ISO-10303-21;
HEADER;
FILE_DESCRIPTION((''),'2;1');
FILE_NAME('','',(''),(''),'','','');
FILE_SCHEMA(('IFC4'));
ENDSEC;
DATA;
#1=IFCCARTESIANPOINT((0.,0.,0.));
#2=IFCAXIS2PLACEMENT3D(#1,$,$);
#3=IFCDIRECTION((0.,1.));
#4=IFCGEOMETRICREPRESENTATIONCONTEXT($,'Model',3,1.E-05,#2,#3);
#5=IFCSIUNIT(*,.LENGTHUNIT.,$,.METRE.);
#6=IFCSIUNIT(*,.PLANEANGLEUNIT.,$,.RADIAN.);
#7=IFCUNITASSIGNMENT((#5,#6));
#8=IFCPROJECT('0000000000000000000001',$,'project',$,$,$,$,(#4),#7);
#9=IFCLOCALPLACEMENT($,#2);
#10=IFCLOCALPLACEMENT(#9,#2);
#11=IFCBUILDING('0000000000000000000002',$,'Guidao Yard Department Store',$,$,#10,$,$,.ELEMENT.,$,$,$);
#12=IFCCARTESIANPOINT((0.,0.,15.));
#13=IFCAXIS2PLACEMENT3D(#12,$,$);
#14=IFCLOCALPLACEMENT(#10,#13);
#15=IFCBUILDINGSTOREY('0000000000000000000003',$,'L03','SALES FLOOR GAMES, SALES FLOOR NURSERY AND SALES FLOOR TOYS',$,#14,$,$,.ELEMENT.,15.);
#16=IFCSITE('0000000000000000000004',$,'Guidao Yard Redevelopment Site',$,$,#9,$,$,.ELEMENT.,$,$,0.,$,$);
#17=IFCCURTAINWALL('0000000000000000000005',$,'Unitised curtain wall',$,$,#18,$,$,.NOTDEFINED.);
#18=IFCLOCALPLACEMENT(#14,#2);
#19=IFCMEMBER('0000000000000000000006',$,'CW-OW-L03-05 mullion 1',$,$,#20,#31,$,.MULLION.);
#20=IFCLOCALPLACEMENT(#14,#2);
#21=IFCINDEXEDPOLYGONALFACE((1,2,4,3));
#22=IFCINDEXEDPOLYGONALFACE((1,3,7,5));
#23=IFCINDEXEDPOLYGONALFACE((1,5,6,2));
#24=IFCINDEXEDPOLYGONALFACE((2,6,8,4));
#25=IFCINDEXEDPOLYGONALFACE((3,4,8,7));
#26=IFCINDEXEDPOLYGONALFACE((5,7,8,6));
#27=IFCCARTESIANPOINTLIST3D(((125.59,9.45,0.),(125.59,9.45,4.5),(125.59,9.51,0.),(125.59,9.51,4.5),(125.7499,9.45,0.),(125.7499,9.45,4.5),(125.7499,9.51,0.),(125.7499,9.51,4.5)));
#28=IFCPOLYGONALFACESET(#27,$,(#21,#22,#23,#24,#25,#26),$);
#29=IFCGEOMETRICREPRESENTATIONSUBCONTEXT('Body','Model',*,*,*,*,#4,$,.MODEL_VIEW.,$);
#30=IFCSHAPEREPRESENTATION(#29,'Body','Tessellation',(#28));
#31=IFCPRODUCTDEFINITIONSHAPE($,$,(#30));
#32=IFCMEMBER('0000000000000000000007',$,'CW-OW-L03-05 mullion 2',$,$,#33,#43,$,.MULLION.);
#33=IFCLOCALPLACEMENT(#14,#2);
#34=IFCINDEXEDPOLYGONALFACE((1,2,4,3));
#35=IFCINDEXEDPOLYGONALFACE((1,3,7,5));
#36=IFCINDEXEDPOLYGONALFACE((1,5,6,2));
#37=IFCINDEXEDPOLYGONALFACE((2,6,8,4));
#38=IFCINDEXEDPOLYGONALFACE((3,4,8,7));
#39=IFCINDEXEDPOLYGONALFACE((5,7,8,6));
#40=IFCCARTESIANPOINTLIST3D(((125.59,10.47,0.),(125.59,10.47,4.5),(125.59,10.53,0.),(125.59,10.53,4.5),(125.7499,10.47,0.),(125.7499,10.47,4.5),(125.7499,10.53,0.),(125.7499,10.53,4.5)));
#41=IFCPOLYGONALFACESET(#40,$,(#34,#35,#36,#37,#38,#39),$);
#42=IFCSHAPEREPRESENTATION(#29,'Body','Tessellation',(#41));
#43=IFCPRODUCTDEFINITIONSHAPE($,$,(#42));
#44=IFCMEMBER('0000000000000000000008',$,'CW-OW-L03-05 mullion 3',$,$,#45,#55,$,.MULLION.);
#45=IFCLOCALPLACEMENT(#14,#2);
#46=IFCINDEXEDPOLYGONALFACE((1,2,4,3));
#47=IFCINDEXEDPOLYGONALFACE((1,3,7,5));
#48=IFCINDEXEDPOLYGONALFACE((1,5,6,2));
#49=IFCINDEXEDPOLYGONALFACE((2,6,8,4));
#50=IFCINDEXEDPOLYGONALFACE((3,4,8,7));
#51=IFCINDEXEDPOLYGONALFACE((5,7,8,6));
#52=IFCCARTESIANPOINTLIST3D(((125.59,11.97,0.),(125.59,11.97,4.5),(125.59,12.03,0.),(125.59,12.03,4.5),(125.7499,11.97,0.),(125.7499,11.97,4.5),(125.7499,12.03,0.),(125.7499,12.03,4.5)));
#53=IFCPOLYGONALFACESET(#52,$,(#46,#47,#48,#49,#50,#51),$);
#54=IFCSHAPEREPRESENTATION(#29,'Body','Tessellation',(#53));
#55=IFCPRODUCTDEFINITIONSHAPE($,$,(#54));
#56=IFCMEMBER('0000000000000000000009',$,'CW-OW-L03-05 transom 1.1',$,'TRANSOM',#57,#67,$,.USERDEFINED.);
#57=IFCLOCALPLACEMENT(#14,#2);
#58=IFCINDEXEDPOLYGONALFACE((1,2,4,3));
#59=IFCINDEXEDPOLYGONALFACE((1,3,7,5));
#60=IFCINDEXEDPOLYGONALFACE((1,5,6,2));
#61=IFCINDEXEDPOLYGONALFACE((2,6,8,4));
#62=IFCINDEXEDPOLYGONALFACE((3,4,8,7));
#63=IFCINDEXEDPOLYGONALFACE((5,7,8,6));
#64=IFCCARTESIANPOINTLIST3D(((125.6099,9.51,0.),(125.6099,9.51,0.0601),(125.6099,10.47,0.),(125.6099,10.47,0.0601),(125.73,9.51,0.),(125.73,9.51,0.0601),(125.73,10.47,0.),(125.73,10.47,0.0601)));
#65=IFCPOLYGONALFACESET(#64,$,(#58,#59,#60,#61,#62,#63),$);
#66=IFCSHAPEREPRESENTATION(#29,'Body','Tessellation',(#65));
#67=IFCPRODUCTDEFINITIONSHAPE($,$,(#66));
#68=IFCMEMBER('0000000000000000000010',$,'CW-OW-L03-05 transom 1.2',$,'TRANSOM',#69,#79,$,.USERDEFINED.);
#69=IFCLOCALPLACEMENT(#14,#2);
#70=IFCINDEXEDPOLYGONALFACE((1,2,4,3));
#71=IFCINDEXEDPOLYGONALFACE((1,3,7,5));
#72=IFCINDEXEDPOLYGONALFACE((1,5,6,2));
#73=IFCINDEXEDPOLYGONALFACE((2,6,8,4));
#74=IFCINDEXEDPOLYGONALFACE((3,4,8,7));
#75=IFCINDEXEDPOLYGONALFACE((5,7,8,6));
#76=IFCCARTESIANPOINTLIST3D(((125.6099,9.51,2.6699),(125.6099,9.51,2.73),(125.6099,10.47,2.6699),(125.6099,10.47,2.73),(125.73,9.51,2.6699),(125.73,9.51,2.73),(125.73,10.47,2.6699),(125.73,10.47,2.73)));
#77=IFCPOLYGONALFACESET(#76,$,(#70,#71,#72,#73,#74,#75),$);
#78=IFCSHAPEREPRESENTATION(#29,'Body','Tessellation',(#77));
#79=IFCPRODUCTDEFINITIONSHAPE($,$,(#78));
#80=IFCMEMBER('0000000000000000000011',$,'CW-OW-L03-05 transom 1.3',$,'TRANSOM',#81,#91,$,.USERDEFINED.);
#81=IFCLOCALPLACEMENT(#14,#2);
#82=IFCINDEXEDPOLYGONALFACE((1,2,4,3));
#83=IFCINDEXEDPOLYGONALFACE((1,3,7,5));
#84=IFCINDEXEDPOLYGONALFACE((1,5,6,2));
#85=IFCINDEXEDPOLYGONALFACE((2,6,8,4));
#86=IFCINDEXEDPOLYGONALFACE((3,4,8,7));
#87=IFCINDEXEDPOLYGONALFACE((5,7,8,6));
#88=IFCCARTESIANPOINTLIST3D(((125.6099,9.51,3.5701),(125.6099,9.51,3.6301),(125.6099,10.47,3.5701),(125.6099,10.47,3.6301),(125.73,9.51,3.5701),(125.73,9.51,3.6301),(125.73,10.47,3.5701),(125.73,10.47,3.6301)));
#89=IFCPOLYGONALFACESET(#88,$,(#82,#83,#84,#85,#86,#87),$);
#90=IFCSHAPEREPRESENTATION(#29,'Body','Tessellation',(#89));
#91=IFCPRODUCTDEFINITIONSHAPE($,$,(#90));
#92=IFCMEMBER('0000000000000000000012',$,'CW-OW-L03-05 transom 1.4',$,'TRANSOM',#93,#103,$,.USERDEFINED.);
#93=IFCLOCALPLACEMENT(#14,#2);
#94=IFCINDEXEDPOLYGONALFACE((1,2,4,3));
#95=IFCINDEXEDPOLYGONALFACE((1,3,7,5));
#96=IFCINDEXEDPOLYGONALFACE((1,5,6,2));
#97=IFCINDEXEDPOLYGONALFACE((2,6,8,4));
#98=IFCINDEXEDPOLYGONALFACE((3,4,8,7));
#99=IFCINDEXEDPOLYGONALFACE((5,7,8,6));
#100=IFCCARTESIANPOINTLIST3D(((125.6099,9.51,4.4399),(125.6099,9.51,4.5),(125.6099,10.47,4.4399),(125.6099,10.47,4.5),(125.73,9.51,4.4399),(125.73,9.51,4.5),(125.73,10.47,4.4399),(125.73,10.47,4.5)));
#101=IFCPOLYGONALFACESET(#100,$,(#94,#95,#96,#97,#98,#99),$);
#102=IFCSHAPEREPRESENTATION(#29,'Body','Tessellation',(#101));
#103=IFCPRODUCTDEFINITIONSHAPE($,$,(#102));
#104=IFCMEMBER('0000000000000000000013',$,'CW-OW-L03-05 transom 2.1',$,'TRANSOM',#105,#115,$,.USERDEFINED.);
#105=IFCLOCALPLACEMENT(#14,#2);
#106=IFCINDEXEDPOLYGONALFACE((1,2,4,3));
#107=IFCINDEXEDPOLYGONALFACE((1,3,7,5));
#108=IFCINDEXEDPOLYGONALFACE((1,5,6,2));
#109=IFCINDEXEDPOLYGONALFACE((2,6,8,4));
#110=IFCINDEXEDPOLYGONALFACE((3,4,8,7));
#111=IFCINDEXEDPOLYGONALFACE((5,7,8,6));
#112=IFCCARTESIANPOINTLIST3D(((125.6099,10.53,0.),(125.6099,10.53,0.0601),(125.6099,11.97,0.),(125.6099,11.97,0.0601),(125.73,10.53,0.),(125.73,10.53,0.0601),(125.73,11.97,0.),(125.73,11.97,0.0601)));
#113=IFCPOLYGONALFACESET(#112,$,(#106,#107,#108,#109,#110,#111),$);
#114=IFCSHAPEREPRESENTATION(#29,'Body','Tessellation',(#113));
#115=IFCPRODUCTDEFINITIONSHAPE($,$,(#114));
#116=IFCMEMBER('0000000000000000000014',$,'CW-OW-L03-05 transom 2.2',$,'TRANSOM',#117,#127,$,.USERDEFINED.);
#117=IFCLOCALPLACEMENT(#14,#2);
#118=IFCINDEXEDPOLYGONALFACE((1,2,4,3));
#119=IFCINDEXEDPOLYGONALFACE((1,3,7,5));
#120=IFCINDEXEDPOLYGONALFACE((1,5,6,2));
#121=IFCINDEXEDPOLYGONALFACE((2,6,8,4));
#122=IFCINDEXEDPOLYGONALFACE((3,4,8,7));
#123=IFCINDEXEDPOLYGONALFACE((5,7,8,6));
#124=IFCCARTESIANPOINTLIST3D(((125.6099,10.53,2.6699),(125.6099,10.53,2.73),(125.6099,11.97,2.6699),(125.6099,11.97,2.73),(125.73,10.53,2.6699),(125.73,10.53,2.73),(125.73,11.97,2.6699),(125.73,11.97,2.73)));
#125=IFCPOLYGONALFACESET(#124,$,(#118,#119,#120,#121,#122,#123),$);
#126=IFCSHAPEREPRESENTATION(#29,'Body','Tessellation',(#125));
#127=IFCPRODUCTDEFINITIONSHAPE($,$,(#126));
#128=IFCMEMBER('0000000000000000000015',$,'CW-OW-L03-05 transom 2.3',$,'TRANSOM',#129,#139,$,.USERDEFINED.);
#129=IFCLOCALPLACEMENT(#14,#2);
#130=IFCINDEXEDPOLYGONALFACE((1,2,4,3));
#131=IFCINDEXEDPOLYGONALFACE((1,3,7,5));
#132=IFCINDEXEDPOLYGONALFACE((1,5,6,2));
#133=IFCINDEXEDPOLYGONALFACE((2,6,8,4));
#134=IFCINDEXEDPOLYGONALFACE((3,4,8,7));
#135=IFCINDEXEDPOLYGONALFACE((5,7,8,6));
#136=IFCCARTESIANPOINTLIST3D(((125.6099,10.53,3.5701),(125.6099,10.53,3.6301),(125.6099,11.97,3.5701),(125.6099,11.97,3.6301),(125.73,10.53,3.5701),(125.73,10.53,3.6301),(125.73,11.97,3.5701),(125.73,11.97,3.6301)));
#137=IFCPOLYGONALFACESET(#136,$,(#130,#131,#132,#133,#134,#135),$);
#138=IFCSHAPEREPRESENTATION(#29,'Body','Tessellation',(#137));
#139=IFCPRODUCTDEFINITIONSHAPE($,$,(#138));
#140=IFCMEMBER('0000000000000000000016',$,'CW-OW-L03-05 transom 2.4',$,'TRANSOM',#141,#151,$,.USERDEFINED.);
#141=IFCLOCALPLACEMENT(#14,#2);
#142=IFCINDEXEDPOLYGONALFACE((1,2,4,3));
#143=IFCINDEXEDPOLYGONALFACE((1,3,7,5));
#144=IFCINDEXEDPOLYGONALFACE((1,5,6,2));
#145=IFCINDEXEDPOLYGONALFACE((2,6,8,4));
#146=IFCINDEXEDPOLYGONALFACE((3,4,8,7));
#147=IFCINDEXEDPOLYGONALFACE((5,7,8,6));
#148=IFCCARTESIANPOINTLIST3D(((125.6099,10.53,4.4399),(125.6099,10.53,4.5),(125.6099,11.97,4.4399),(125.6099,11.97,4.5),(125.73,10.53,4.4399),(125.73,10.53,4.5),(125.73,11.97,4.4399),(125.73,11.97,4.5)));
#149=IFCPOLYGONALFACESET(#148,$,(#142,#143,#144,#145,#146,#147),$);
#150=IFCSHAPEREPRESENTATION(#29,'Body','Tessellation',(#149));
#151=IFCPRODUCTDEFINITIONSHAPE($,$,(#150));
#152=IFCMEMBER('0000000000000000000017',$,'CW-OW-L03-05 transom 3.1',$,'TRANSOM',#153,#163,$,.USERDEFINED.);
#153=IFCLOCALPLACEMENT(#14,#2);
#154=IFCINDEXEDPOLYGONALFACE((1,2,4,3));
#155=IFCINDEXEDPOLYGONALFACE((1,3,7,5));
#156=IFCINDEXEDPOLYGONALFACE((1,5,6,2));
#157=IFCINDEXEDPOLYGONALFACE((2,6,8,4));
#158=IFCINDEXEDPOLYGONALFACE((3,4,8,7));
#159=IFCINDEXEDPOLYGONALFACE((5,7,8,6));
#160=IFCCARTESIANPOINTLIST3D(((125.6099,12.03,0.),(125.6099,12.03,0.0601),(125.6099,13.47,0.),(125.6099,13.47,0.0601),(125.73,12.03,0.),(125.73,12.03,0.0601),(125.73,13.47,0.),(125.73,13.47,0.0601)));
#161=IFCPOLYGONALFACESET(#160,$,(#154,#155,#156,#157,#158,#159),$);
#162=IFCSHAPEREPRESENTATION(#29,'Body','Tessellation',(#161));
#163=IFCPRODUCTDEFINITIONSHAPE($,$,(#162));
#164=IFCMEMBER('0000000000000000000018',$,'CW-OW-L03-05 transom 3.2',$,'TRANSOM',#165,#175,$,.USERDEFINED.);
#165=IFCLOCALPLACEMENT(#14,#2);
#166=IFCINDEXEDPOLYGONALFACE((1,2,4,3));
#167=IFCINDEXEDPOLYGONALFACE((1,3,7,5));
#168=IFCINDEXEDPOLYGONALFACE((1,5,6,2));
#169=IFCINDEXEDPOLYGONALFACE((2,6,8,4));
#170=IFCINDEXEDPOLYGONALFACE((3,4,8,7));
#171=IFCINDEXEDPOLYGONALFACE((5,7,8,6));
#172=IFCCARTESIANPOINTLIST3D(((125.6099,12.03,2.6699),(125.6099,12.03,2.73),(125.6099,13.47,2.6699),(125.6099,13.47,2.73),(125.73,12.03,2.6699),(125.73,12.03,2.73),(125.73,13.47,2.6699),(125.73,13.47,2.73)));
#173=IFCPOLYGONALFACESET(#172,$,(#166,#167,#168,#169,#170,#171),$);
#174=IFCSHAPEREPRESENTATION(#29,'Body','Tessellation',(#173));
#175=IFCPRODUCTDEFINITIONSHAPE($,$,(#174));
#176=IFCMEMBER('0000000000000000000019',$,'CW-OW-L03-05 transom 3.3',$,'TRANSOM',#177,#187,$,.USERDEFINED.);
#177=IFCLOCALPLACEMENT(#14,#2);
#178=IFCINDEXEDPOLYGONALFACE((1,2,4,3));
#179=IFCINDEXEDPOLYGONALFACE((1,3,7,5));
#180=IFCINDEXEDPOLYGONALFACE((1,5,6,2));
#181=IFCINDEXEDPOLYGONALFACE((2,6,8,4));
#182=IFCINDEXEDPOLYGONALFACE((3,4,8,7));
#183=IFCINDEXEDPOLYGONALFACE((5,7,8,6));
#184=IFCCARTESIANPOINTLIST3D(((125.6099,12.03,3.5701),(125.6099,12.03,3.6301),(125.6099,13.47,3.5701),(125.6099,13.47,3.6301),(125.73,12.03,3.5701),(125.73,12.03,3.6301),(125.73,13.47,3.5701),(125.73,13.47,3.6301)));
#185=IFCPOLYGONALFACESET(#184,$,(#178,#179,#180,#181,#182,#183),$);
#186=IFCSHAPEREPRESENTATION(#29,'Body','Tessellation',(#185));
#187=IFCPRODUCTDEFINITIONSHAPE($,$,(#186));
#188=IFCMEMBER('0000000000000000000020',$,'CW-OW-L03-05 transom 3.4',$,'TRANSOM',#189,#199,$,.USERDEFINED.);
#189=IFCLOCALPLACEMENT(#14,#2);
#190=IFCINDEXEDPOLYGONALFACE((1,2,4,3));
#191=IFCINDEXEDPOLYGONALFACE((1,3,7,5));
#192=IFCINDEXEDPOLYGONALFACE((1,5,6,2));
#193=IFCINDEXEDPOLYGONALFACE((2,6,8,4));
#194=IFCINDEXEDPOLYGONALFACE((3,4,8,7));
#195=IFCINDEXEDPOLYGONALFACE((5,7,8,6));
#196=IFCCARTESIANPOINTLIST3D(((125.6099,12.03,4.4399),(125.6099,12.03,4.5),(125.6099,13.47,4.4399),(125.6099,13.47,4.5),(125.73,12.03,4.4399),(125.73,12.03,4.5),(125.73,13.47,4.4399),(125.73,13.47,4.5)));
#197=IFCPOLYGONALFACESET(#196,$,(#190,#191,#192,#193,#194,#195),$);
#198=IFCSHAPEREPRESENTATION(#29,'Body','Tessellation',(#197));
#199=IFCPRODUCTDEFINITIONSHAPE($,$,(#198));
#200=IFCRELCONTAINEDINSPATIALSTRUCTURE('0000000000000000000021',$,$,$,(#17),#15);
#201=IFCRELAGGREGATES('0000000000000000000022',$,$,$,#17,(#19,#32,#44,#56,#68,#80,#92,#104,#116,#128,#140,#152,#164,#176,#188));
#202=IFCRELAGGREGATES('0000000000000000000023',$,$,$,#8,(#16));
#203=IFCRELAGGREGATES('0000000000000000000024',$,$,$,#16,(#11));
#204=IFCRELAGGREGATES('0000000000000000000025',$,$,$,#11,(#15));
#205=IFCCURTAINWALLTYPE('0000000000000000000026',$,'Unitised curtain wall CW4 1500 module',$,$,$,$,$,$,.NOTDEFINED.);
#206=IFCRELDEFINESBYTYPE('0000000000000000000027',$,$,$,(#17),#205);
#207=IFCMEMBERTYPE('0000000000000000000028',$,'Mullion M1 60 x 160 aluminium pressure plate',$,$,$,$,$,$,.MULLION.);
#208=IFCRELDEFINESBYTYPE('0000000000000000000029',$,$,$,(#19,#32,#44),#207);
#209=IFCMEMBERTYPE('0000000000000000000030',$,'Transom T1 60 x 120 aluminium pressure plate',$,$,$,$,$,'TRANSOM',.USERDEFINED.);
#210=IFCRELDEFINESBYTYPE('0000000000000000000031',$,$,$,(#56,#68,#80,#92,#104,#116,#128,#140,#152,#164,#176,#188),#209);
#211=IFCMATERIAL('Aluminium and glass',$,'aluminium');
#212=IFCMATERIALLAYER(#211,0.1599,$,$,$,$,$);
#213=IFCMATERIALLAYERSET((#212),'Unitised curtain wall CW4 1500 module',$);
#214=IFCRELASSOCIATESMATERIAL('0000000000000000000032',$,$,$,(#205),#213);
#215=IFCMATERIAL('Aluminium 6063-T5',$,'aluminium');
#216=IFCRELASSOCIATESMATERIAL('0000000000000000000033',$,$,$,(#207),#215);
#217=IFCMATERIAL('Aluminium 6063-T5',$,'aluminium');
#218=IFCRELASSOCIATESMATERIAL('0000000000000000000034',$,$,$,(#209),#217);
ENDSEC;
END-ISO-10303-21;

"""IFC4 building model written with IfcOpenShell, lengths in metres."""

from ifc_helpers import new_model, si_unit, direction, frame, origin, origin_2d, place, context, subcontext, project, spatial, rectangle, extrude, material, layer, layer_set, material_profile, profile_set, type_object, element, aggregate, save


model = new_model("IFC4")

# Units and contexts
model_context = context("Model", 3, precision=1e-05, world=origin(), true_north=direction((0.0, 1.0)))
body_context = subcontext(model_context, "Body", "Model", "MODEL_VIEW")
ifc_project = project(units=[si_unit("LENGTHUNIT", "METRE"), si_unit("PLANEANGLEUNIT", "RADIAN")], contexts=[model_context])

# Site, building, storey
site_placement = place(None, origin())
site = spatial("IfcSite", under=ifc_project, at=site_placement, Name="Guidao Yard Redevelopment Site", CompositionType="ELEMENT", RefElevation=0.0)
building_placement = place(site_placement, origin())
building = spatial("IfcBuilding", under=site, at=building_placement, Name="Guidao Yard Department Store", CompositionType="ELEMENT")
storey_placement = place(building_placement, frame((0.0, 0.0, 15.0)))
storey = spatial("IfcBuildingStorey", under=building, at=storey_placement, Name="L03", Description="SALES FLOOR GAMES, SALES FLOOR NURSERY AND SALES FLOOR TOYS", CompositionType="ELEMENT", Elevation=15.0)

# Curtain wall, members
ifc_material_1 = material(Name="Aluminium and glass", Category="aluminium")
ifc_layer_1 = layer(ifc_material_1, 0.1599)
ifc_layer_set_1 = layer_set([ifc_layer_1], Name="Unitised curtain wall CW4 1500 module")
curtain_wall_type = type_object("IfcCurtainWallType", Name="Unitised curtain wall CW4 1500 module", PredefinedType="NOTDEFINED", material=ifc_layer_set_1)
curtain_wall_placement = place(storey_placement, origin())
curtain_wall = element("IfcCurtainWall", 1, at=curtain_wall_placement, inside=storey, type_object=curtain_wall_type, Name="Unitised curtain wall", PredefinedType="NOTDEFINED")
ifc_material_2 = material(Name="Aluminium 6063-T5", Category="aluminium")
ifc_material_profile_1 = material_profile(ifc_material_2, rectangle(XDim=0.0601, YDim=0.1599, at=origin_2d()), Name="Mullion M1 60 x 160 aluminium pressure plate")
ifc_profile_set_1 = profile_set([ifc_material_profile_1], Name="Aluminium 6063-T5")
member_type_1 = type_object("IfcMemberType", Name="Mullion M1 60 x 160 aluminium pressure plate", PredefinedType="MULLION", material=ifc_profile_set_1)
member_1_placement = place(storey_placement, frame((125.6699, 9.48, 0.0), z_axis=(0.0, 0.0, 1.0), x_axis=(0.0, 1.0, 0.0)))
member_1 = element("IfcMember", 2, at=member_1_placement, type_object=member_type_1, Name="CW-OW-L03-05 mullion 1", PredefinedType="MULLION", context=body_context, shape_type="SweptSolid", body=[
    extrude(rectangle(XDim=0.0601, YDim=0.1599, at=origin_2d()), origin(), (0.0, 0.0, 1.0), 4.5),
])
member_2_placement = place(storey_placement, frame((125.6699, 10.5, 0.0), z_axis=(0.0, 0.0, 1.0), x_axis=(0.0, 1.0, 0.0)))
member_2 = element("IfcMember", 3, at=member_2_placement, type_object=member_type_1, Name="CW-OW-L03-05 mullion 2", PredefinedType="MULLION", context=body_context, shape_type="SweptSolid", body=[
    extrude(rectangle(XDim=0.0601, YDim=0.1599, at=origin_2d()), origin(), (0.0, 0.0, 1.0), 4.5),
])
member_3_placement = place(storey_placement, frame((125.6699, 12.0, 0.0), z_axis=(0.0, 0.0, 1.0), x_axis=(0.0, 1.0, 0.0)))
member_3 = element("IfcMember", 4, at=member_3_placement, type_object=member_type_1, Name="CW-OW-L03-05 mullion 3", PredefinedType="MULLION", context=body_context, shape_type="SweptSolid", body=[
    extrude(rectangle(XDim=0.0601, YDim=0.1599, at=origin_2d()), origin(), (0.0, 0.0, 1.0), 4.5),
])
ifc_material_3 = material(Name="Aluminium 6063-T5", Category="aluminium")
ifc_material_profile_2 = material_profile(ifc_material_3, rectangle(XDim=0.1201, YDim=0.0601, at=origin_2d()), Name="Transom T1 60 x 120 aluminium pressure plate")
ifc_profile_set_2 = profile_set([ifc_material_profile_2], Name="Aluminium 6063-T5")
member_type_2 = type_object("IfcMemberType", Name="Transom T1 60 x 120 aluminium pressure plate", ElementType="TRANSOM", PredefinedType="USERDEFINED", material=ifc_profile_set_2)
member_4_placement = place(storey_placement, frame((125.6699, 9.51, 0.03), z_axis=(0.0, 1.0, 0.0), x_axis=(-1.0, 0.0, 0.0)))
member_4 = element("IfcMember", 5, at=member_4_placement, type_object=member_type_2, Name="CW-OW-L03-05 transom 1.1", ObjectType="TRANSOM", PredefinedType="USERDEFINED", context=body_context, shape_type="SweptSolid", body=[
    extrude(rectangle(XDim=0.1201, YDim=0.0601, at=origin_2d()), origin(), (0.0, 0.0, 1.0), 0.96),
])
member_5_placement = place(storey_placement, frame((125.6699, 9.51, 2.7), z_axis=(0.0, 1.0, 0.0), x_axis=(-1.0, 0.0, 0.0)))
member_5 = element("IfcMember", 6, at=member_5_placement, type_object=member_type_2, Name="CW-OW-L03-05 transom 1.2", ObjectType="TRANSOM", PredefinedType="USERDEFINED", context=body_context, shape_type="SweptSolid", body=[
    extrude(rectangle(XDim=0.1201, YDim=0.0601, at=origin_2d()), origin(), (0.0, 0.0, 1.0), 0.96),
])
member_6_placement = place(storey_placement, frame((125.6699, 9.51, 3.6001), z_axis=(0.0, 1.0, 0.0), x_axis=(-1.0, 0.0, 0.0)))
member_6 = element("IfcMember", 7, at=member_6_placement, type_object=member_type_2, Name="CW-OW-L03-05 transom 1.3", ObjectType="TRANSOM", PredefinedType="USERDEFINED", context=body_context, shape_type="SweptSolid", body=[
    extrude(rectangle(XDim=0.1201, YDim=0.0601, at=origin_2d()), origin(), (0.0, 0.0, 1.0), 0.96),
])
member_7_placement = place(storey_placement, frame((125.6699, 9.51, 4.47), z_axis=(0.0, 1.0, 0.0), x_axis=(-1.0, 0.0, 0.0)))
member_7 = element("IfcMember", 8, at=member_7_placement, type_object=member_type_2, Name="CW-OW-L03-05 transom 1.4", ObjectType="TRANSOM", PredefinedType="USERDEFINED", context=body_context, shape_type="SweptSolid", body=[
    extrude(rectangle(XDim=0.1201, YDim=0.0601, at=origin_2d()), origin(), (0.0, 0.0, 1.0), 0.96),
])
member_8_placement = place(storey_placement, frame((125.6699, 10.53, 0.03), z_axis=(0.0, 1.0, 0.0), x_axis=(-1.0, 0.0, 0.0)))
member_8 = element("IfcMember", 9, at=member_8_placement, type_object=member_type_2, Name="CW-OW-L03-05 transom 2.1", ObjectType="TRANSOM", PredefinedType="USERDEFINED", context=body_context, shape_type="SweptSolid", body=[
    extrude(rectangle(XDim=0.1201, YDim=0.0601, at=origin_2d()), origin(), (0.0, 0.0, 1.0), 1.4399),
])
member_9_placement = place(storey_placement, frame((125.6699, 10.53, 2.7), z_axis=(0.0, 1.0, 0.0), x_axis=(-1.0, 0.0, 0.0)))
member_9 = element("IfcMember", 10, at=member_9_placement, type_object=member_type_2, Name="CW-OW-L03-05 transom 2.2", ObjectType="TRANSOM", PredefinedType="USERDEFINED", context=body_context, shape_type="SweptSolid", body=[
    extrude(rectangle(XDim=0.1201, YDim=0.0601, at=origin_2d()), origin(), (0.0, 0.0, 1.0), 1.4399),
])
member_10_placement = place(storey_placement, frame((125.6699, 10.53, 3.6001), z_axis=(0.0, 1.0, 0.0), x_axis=(-1.0, 0.0, 0.0)))
member_10 = element("IfcMember", 11, at=member_10_placement, type_object=member_type_2, Name="CW-OW-L03-05 transom 2.3", ObjectType="TRANSOM", PredefinedType="USERDEFINED", context=body_context, shape_type="SweptSolid", body=[
    extrude(rectangle(XDim=0.1201, YDim=0.0601, at=origin_2d()), origin(), (0.0, 0.0, 1.0), 1.4399),
])
member_11_placement = place(storey_placement, frame((125.6699, 10.53, 4.47), z_axis=(0.0, 1.0, 0.0), x_axis=(-1.0, 0.0, 0.0)))
member_11 = element("IfcMember", 12, at=member_11_placement, type_object=member_type_2, Name="CW-OW-L03-05 transom 2.4", ObjectType="TRANSOM", PredefinedType="USERDEFINED", context=body_context, shape_type="SweptSolid", body=[
    extrude(rectangle(XDim=0.1201, YDim=0.0601, at=origin_2d()), origin(), (0.0, 0.0, 1.0), 1.4399),
])
member_12_placement = place(storey_placement, frame((125.6699, 12.03, 0.03), z_axis=(0.0, 1.0, 0.0), x_axis=(-1.0, 0.0, 0.0)))
member_12 = element("IfcMember", 13, at=member_12_placement, type_object=member_type_2, Name="CW-OW-L03-05 transom 3.1", ObjectType="TRANSOM", PredefinedType="USERDEFINED", context=body_context, shape_type="SweptSolid", body=[
    extrude(rectangle(XDim=0.1201, YDim=0.0601, at=origin_2d()), origin(), (0.0, 0.0, 1.0), 1.4399),
])
member_13_placement = place(storey_placement, frame((125.6699, 12.03, 2.7), z_axis=(0.0, 1.0, 0.0), x_axis=(-1.0, 0.0, 0.0)))
member_13 = element("IfcMember", 14, at=member_13_placement, type_object=member_type_2, Name="CW-OW-L03-05 transom 3.2", ObjectType="TRANSOM", PredefinedType="USERDEFINED", context=body_context, shape_type="SweptSolid", body=[
    extrude(rectangle(XDim=0.1201, YDim=0.0601, at=origin_2d()), origin(), (0.0, 0.0, 1.0), 1.4399),
])
member_14_placement = place(storey_placement, frame((125.6699, 12.03, 3.6001), z_axis=(0.0, 1.0, 0.0), x_axis=(-1.0, 0.0, 0.0)))
member_14 = element("IfcMember", 15, at=member_14_placement, type_object=member_type_2, Name="CW-OW-L03-05 transom 3.3", ObjectType="TRANSOM", PredefinedType="USERDEFINED", context=body_context, shape_type="SweptSolid", body=[
    extrude(rectangle(XDim=0.1201, YDim=0.0601, at=origin_2d()), origin(), (0.0, 0.0, 1.0), 1.4399),
])
member_15_placement = place(storey_placement, frame((125.6699, 12.03, 4.47), z_axis=(0.0, 1.0, 0.0), x_axis=(-1.0, 0.0, 0.0)))
member_15 = element("IfcMember", 16, at=member_15_placement, type_object=member_type_2, Name="CW-OW-L03-05 transom 3.4", ObjectType="TRANSOM", PredefinedType="USERDEFINED", context=body_context, shape_type="SweptSolid", body=[
    extrude(rectangle(XDim=0.1201, YDim=0.0601, at=origin_2d()), origin(), (0.0, 0.0, 1.0), 1.4399),
])
aggregate(curtain_wall, [member_1, member_2, member_3, member_4, member_5, member_6, member_7, member_8, member_9, member_10, member_11, member_12, member_13, member_14, member_15])

save(model, "model.ifc")
